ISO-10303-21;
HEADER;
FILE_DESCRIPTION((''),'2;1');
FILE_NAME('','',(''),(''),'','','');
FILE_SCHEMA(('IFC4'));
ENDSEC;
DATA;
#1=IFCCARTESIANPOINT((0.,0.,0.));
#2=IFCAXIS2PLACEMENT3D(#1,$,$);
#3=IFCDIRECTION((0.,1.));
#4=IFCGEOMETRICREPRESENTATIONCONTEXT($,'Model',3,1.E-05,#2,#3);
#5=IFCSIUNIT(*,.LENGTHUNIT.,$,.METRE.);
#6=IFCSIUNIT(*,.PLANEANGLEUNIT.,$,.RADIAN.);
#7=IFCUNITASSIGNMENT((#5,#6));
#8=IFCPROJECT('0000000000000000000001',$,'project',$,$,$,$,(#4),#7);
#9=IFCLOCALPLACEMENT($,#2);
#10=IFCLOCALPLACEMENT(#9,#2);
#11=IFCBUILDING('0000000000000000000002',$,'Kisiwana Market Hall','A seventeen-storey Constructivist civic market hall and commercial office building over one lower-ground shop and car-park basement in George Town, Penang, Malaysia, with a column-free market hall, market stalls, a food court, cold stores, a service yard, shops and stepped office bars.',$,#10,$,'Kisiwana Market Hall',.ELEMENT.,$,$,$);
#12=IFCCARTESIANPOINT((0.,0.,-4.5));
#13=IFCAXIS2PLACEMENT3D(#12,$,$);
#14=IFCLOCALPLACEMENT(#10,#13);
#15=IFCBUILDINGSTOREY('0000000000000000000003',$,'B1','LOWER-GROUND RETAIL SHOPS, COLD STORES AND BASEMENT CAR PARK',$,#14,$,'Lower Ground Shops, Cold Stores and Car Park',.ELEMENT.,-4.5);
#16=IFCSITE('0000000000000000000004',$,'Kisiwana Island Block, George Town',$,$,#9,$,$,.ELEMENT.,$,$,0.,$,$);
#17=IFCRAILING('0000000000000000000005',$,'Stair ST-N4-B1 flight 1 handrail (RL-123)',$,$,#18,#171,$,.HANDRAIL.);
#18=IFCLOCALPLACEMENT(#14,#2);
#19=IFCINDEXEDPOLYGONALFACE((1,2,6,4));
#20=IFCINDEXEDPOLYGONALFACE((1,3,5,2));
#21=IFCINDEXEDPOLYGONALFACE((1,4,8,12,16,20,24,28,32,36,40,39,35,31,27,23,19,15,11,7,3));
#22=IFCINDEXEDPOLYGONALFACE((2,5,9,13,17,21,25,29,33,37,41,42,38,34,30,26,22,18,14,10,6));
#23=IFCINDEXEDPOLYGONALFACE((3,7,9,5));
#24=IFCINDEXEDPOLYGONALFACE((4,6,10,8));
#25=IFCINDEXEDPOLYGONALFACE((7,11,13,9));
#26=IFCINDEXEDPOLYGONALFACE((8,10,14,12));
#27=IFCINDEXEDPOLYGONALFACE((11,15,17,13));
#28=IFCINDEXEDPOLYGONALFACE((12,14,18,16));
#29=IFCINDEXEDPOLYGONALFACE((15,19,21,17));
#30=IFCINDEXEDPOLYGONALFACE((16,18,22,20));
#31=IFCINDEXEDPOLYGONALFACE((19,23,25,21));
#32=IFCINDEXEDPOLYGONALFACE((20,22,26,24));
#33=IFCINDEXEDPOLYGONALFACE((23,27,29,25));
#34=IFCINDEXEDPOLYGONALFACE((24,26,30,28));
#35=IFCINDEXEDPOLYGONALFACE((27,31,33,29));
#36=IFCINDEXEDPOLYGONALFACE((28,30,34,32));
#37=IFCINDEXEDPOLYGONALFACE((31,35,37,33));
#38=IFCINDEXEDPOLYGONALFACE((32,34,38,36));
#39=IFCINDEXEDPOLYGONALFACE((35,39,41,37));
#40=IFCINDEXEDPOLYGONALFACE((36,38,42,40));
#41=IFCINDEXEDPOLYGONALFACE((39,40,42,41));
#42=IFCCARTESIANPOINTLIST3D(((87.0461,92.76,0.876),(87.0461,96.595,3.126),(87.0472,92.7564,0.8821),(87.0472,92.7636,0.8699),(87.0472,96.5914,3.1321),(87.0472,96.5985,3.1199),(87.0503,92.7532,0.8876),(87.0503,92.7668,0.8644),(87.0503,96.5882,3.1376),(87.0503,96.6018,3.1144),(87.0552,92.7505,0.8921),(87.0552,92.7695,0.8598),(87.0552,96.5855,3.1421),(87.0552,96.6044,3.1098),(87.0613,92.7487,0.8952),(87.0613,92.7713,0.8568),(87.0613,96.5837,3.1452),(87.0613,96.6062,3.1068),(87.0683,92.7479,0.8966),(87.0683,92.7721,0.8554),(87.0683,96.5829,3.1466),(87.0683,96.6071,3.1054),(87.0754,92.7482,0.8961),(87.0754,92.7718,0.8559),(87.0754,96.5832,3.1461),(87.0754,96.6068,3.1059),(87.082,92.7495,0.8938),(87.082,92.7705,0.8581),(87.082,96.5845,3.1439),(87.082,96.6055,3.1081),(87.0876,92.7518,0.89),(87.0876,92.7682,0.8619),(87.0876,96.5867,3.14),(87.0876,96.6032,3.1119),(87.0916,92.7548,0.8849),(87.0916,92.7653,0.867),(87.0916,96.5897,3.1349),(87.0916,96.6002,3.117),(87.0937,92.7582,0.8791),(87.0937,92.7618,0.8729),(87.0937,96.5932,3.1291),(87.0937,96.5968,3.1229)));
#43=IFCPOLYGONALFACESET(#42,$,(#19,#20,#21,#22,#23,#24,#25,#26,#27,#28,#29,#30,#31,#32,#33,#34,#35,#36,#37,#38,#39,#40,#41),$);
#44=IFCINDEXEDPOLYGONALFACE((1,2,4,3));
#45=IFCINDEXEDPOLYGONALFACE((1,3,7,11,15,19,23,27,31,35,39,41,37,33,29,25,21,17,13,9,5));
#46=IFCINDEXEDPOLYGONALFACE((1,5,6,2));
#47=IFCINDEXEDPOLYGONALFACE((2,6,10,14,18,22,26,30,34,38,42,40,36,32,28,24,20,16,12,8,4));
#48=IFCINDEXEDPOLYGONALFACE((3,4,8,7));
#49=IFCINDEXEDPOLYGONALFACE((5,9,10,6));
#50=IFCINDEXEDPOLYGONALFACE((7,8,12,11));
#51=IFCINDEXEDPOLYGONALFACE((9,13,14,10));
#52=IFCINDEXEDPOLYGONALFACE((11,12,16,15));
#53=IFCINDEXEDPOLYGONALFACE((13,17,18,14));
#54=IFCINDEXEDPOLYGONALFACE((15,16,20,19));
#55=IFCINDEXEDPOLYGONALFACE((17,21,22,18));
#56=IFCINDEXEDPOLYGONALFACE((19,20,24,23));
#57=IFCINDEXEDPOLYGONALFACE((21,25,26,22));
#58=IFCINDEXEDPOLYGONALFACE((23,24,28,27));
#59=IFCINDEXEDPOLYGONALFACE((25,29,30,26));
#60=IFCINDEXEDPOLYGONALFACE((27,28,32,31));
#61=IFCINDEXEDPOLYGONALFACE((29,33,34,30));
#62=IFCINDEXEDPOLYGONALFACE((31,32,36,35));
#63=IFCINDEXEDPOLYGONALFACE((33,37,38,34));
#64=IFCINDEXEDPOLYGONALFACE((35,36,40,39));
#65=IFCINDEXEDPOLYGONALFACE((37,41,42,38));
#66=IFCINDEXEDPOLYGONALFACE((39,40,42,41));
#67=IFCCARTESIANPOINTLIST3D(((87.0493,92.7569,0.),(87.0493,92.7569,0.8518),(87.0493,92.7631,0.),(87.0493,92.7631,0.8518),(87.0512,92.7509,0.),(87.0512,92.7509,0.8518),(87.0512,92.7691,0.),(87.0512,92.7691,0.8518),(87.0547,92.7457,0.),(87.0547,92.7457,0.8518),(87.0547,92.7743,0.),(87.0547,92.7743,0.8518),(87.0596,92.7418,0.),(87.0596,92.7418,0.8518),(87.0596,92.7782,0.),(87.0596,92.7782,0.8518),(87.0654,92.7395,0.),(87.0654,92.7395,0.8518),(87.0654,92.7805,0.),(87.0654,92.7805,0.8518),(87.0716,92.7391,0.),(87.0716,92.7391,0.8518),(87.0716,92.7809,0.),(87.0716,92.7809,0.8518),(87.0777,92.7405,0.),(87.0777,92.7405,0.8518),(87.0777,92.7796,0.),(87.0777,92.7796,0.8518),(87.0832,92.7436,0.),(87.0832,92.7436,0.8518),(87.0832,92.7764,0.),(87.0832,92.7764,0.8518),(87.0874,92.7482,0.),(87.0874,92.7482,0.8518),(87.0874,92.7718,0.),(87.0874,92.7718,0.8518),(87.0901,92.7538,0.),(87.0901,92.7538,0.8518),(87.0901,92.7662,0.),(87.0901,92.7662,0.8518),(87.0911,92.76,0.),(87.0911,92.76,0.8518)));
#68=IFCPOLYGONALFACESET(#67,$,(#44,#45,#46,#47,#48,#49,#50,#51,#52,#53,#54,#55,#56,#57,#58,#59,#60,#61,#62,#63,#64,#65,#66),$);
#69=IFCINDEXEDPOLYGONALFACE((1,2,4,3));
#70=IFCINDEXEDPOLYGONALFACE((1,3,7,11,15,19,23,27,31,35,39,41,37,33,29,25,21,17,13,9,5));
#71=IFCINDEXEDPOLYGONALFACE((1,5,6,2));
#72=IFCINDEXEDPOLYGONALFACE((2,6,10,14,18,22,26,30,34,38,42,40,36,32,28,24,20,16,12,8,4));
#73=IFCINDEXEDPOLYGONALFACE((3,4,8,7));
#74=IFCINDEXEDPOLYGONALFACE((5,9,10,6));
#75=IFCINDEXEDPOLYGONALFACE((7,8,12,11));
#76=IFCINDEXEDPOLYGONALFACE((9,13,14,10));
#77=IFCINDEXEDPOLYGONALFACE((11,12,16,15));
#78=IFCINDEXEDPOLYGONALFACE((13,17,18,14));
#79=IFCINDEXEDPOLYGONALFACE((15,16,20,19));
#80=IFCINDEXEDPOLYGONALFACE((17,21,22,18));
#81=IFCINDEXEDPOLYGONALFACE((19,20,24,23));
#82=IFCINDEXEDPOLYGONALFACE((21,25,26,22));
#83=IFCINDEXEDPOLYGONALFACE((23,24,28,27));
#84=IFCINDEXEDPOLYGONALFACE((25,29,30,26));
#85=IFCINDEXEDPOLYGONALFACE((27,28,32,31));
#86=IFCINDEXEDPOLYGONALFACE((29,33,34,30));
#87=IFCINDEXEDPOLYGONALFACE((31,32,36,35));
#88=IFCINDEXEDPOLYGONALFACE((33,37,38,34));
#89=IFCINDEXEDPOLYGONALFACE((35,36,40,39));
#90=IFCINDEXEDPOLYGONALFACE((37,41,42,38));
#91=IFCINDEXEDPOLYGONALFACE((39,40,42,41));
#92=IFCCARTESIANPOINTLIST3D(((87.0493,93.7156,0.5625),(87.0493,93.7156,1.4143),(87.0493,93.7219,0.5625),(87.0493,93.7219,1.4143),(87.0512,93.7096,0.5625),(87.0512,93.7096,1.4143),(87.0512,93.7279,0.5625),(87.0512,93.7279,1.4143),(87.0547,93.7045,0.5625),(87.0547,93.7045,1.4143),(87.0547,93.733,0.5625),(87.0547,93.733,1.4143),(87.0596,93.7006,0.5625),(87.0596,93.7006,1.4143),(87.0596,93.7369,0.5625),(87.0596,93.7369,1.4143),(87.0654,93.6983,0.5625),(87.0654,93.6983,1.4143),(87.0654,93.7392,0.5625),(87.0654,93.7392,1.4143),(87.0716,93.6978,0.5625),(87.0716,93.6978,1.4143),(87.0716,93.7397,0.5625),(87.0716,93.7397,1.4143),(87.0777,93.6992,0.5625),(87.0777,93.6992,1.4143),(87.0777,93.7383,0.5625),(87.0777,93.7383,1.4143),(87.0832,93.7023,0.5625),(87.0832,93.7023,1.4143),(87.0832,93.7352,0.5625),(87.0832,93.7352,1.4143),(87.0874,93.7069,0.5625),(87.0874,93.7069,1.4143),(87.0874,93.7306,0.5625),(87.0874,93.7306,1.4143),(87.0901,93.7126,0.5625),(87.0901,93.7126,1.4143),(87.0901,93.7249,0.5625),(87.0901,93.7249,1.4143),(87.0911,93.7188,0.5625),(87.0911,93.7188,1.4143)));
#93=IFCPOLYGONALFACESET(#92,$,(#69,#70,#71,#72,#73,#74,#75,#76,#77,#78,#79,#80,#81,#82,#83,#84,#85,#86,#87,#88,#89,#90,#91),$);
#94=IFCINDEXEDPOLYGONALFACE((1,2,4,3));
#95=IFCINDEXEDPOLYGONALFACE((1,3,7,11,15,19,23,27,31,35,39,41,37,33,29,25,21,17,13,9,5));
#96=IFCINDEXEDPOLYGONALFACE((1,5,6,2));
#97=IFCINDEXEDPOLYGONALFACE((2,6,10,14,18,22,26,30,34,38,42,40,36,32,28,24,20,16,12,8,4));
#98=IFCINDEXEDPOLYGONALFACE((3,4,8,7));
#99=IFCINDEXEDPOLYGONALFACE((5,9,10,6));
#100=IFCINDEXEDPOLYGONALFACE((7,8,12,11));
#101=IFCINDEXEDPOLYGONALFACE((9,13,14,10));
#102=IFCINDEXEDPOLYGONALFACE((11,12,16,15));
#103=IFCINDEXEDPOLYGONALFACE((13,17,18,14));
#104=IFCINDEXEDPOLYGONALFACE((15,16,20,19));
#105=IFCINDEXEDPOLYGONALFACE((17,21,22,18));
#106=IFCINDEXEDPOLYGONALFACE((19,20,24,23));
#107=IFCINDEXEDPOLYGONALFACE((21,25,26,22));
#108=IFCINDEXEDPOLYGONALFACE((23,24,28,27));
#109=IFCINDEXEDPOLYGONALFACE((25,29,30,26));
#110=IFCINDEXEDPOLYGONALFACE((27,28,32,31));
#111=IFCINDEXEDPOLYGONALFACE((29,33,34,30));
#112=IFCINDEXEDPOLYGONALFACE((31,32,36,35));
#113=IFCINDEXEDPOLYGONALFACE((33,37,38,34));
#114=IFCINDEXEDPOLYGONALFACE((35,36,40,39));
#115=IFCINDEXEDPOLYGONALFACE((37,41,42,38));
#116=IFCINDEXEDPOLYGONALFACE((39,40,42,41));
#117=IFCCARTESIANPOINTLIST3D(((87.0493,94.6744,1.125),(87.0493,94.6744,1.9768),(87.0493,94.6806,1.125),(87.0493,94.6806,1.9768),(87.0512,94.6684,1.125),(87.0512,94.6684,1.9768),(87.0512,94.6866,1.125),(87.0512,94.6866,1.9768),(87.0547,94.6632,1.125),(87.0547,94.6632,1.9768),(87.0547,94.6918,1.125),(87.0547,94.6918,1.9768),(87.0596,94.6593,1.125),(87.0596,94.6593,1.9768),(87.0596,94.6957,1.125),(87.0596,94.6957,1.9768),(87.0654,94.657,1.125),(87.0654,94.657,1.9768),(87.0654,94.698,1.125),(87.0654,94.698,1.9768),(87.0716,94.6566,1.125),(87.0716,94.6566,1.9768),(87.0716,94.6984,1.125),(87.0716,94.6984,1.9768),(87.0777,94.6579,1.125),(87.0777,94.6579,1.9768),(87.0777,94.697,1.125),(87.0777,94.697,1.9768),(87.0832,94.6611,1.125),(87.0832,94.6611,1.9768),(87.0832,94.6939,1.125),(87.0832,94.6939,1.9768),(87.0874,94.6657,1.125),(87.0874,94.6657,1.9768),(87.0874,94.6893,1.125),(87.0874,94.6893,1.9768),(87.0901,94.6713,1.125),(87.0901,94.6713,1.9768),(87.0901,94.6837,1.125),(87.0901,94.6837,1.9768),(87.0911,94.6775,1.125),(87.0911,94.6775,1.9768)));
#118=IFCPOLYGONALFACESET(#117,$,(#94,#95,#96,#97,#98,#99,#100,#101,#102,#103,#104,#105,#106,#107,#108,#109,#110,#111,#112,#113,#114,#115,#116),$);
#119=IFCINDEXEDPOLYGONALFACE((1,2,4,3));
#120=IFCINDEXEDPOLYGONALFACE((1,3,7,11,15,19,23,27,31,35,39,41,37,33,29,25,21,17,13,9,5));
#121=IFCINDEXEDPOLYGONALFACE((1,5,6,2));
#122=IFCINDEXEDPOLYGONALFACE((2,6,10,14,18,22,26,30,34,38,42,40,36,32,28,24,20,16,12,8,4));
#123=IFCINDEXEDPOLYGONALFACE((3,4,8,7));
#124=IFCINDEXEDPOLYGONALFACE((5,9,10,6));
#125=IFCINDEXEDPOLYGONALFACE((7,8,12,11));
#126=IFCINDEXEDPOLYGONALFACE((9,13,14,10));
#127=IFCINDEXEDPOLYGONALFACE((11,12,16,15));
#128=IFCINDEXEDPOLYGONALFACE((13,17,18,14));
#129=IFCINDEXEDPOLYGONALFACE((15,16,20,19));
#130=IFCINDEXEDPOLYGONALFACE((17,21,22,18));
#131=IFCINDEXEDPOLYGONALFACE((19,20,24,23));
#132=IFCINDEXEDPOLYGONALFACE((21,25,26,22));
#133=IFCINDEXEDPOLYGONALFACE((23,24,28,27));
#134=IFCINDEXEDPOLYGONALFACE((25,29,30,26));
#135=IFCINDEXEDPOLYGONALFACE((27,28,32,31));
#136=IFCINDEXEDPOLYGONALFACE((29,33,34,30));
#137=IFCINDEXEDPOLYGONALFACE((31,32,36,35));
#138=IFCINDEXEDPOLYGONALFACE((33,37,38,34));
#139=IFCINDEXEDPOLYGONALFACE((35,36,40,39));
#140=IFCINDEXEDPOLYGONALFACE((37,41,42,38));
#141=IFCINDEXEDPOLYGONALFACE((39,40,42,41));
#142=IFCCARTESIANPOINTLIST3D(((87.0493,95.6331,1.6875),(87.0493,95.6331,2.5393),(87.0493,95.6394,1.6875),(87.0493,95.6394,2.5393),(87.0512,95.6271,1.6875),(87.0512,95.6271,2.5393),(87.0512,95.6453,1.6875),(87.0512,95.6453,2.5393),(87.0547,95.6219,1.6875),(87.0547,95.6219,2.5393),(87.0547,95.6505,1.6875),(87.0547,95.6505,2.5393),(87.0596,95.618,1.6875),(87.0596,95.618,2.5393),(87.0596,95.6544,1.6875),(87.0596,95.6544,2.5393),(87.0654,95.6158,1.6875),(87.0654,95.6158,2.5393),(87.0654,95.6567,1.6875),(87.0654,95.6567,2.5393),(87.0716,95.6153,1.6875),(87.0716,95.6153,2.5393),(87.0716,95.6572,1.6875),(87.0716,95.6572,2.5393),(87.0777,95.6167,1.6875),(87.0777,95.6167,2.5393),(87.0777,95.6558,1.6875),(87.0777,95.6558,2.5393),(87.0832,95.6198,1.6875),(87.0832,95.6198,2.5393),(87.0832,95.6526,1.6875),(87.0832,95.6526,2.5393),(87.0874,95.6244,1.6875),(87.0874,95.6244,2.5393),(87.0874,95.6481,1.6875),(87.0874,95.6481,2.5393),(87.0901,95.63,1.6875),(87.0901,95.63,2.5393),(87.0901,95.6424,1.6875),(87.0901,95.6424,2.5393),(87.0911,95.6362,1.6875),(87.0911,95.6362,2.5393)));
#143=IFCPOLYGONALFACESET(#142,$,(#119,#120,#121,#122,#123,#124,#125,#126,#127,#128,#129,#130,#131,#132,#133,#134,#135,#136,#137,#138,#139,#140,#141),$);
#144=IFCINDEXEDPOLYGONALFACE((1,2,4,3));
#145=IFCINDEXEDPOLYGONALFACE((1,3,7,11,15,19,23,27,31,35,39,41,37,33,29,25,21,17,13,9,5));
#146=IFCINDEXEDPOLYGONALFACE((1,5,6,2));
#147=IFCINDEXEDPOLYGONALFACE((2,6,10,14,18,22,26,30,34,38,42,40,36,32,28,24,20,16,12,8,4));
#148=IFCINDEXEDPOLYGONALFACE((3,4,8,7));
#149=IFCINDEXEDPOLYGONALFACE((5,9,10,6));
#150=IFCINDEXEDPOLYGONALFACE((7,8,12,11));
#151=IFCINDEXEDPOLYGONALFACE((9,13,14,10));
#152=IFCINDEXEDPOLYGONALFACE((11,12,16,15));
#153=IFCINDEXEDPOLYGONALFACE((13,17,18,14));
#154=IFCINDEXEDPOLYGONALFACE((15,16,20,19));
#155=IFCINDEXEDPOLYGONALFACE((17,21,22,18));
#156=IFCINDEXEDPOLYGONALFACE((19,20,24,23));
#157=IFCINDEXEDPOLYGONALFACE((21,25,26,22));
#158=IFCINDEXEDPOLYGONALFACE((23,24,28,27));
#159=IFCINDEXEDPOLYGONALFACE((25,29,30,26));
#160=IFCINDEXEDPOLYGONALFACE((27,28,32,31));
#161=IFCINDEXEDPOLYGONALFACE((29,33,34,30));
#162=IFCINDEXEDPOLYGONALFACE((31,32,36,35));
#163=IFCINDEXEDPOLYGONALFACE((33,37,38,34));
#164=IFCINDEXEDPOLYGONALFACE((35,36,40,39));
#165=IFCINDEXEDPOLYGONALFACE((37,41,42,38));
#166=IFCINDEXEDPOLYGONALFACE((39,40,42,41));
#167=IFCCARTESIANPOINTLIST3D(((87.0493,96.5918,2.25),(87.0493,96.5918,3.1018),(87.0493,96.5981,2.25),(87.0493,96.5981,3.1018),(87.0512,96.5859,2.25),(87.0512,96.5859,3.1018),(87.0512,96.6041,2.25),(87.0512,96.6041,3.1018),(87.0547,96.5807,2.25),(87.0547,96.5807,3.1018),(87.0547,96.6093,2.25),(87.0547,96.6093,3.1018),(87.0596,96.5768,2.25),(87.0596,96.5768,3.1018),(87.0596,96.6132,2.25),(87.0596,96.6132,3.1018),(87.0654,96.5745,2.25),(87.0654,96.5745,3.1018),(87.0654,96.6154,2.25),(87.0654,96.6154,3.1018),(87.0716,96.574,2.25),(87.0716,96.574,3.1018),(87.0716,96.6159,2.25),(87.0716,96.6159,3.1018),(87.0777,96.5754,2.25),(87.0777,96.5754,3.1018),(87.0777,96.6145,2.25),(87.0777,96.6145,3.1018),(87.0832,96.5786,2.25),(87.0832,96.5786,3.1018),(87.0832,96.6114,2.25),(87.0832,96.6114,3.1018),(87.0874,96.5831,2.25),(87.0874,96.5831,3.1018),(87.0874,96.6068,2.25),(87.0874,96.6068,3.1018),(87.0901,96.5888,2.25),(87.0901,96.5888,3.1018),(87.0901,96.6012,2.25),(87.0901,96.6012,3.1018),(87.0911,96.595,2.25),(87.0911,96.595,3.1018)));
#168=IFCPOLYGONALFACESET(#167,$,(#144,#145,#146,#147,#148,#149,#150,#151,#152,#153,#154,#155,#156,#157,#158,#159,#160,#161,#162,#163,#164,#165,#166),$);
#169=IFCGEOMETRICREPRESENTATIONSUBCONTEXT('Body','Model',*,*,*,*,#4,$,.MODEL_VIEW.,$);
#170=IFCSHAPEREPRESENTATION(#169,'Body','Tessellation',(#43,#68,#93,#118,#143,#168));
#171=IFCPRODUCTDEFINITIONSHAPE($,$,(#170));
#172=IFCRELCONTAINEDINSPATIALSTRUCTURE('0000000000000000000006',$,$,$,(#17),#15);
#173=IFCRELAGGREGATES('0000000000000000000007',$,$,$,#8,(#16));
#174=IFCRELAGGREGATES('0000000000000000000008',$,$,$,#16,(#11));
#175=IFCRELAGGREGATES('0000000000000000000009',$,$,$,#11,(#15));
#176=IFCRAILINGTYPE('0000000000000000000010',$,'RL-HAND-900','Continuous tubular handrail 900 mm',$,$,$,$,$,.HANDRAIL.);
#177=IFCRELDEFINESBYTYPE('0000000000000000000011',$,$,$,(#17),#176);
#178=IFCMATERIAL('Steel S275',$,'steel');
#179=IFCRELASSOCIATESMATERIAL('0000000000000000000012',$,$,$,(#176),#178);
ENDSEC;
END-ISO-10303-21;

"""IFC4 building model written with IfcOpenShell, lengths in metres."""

from ifc_helpers import new_model, si_unit, direction, frame, origin, origin_2d, place, context, subcontext, project, spatial, circle, extrude, material, type_object, element, save


model = new_model("IFC4")

# Units and contexts
model_context = context("Model", 3, precision=1e-05, world=origin(), true_north=direction((0.0, 1.0)))
body_context = subcontext(model_context, "Body", "Model", "MODEL_VIEW")
ifc_project = project(units=[si_unit("LENGTHUNIT", "METRE"), si_unit("PLANEANGLEUNIT", "RADIAN")], contexts=[model_context])

# Site, building, storey
site_placement = place(None, origin())
site = spatial("IfcSite", under=ifc_project, at=site_placement, Name="Kisiwana Island Block, George Town", CompositionType="ELEMENT", RefElevation=0.0)
building_placement = place(site_placement, origin())
building = spatial("IfcBuilding", under=site, at=building_placement, Name="Kisiwana Market Hall", Description="A seventeen-storey Constructivist civic market hall and commercial office building over one lower-ground shop and car-park basement in George Town, Penang, Malaysia, with a column-free market hall, market stalls, a food court, cold stores, a service yard, shops and stepped office bars.", LongName="Kisiwana Market Hall", CompositionType="ELEMENT")
storey_placement = place(building_placement, frame((0.0, 0.0, -4.5)))
storey = spatial("IfcBuildingStorey", under=building, at=storey_placement, Name="B1", Description="LOWER-GROUND RETAIL SHOPS, COLD STORES AND BASEMENT CAR PARK", LongName="Lower Ground Shops, Cold Stores and Car Park", CompositionType="ELEMENT", Elevation=-4.5)

# Railing
ifc_material_1 = material(Name="Steel S275", Category="steel")
railing_type = type_object("IfcRailingType", Name="RL-HAND-900", Description="Continuous tubular handrail 900 mm", PredefinedType="HANDRAIL", material=ifc_material_1)
for number, where, name in (
    (1, (87.0701, 92.76, 0.0), "Stair ST-N4-B1 flight 1 handrail (RL-123)"),
):
    element("IfcRailing", number, at=place(storey_placement, frame(where)), inside=storey, type_object=railing_type, Name=name, PredefinedType="HANDRAIL", context=body_context, shape_type="SweptSolid", body=[
        extrude(circle(Radius=0.0239, at=origin_2d()), frame((0.0, 0.0, 0.876), z_axis=(0.0, 0.86251, 0.506041), x_axis=(-1.0, 0.0, 0.0)), (0.0, 0.0, 1.0), 4.4463),
        extrude(circle(Radius=0.021, at=origin_2d()), origin(), (0.0, 0.0, 1.0), 0.8518),
        extrude(circle(Radius=0.021, at=origin_2d()), frame((0.0, 0.9587, 0.5625)), (0.0, 0.0, 1.0), 0.8518),
        extrude(circle(Radius=0.021, at=origin_2d()), frame((0.0, 1.9175, 1.125)), (0.0, 0.0, 1.0), 0.8518),
        extrude(circle(Radius=0.021, at=origin_2d()), frame((0.0, 2.8762, 1.6875)), (0.0, 0.0, 1.0), 0.8518),
        extrude(circle(Radius=0.021, at=origin_2d()), frame((0.0, 3.835, 2.25)), (0.0, 0.0, 1.0), 0.8518),
    ])

save(model, "model.ifc")
